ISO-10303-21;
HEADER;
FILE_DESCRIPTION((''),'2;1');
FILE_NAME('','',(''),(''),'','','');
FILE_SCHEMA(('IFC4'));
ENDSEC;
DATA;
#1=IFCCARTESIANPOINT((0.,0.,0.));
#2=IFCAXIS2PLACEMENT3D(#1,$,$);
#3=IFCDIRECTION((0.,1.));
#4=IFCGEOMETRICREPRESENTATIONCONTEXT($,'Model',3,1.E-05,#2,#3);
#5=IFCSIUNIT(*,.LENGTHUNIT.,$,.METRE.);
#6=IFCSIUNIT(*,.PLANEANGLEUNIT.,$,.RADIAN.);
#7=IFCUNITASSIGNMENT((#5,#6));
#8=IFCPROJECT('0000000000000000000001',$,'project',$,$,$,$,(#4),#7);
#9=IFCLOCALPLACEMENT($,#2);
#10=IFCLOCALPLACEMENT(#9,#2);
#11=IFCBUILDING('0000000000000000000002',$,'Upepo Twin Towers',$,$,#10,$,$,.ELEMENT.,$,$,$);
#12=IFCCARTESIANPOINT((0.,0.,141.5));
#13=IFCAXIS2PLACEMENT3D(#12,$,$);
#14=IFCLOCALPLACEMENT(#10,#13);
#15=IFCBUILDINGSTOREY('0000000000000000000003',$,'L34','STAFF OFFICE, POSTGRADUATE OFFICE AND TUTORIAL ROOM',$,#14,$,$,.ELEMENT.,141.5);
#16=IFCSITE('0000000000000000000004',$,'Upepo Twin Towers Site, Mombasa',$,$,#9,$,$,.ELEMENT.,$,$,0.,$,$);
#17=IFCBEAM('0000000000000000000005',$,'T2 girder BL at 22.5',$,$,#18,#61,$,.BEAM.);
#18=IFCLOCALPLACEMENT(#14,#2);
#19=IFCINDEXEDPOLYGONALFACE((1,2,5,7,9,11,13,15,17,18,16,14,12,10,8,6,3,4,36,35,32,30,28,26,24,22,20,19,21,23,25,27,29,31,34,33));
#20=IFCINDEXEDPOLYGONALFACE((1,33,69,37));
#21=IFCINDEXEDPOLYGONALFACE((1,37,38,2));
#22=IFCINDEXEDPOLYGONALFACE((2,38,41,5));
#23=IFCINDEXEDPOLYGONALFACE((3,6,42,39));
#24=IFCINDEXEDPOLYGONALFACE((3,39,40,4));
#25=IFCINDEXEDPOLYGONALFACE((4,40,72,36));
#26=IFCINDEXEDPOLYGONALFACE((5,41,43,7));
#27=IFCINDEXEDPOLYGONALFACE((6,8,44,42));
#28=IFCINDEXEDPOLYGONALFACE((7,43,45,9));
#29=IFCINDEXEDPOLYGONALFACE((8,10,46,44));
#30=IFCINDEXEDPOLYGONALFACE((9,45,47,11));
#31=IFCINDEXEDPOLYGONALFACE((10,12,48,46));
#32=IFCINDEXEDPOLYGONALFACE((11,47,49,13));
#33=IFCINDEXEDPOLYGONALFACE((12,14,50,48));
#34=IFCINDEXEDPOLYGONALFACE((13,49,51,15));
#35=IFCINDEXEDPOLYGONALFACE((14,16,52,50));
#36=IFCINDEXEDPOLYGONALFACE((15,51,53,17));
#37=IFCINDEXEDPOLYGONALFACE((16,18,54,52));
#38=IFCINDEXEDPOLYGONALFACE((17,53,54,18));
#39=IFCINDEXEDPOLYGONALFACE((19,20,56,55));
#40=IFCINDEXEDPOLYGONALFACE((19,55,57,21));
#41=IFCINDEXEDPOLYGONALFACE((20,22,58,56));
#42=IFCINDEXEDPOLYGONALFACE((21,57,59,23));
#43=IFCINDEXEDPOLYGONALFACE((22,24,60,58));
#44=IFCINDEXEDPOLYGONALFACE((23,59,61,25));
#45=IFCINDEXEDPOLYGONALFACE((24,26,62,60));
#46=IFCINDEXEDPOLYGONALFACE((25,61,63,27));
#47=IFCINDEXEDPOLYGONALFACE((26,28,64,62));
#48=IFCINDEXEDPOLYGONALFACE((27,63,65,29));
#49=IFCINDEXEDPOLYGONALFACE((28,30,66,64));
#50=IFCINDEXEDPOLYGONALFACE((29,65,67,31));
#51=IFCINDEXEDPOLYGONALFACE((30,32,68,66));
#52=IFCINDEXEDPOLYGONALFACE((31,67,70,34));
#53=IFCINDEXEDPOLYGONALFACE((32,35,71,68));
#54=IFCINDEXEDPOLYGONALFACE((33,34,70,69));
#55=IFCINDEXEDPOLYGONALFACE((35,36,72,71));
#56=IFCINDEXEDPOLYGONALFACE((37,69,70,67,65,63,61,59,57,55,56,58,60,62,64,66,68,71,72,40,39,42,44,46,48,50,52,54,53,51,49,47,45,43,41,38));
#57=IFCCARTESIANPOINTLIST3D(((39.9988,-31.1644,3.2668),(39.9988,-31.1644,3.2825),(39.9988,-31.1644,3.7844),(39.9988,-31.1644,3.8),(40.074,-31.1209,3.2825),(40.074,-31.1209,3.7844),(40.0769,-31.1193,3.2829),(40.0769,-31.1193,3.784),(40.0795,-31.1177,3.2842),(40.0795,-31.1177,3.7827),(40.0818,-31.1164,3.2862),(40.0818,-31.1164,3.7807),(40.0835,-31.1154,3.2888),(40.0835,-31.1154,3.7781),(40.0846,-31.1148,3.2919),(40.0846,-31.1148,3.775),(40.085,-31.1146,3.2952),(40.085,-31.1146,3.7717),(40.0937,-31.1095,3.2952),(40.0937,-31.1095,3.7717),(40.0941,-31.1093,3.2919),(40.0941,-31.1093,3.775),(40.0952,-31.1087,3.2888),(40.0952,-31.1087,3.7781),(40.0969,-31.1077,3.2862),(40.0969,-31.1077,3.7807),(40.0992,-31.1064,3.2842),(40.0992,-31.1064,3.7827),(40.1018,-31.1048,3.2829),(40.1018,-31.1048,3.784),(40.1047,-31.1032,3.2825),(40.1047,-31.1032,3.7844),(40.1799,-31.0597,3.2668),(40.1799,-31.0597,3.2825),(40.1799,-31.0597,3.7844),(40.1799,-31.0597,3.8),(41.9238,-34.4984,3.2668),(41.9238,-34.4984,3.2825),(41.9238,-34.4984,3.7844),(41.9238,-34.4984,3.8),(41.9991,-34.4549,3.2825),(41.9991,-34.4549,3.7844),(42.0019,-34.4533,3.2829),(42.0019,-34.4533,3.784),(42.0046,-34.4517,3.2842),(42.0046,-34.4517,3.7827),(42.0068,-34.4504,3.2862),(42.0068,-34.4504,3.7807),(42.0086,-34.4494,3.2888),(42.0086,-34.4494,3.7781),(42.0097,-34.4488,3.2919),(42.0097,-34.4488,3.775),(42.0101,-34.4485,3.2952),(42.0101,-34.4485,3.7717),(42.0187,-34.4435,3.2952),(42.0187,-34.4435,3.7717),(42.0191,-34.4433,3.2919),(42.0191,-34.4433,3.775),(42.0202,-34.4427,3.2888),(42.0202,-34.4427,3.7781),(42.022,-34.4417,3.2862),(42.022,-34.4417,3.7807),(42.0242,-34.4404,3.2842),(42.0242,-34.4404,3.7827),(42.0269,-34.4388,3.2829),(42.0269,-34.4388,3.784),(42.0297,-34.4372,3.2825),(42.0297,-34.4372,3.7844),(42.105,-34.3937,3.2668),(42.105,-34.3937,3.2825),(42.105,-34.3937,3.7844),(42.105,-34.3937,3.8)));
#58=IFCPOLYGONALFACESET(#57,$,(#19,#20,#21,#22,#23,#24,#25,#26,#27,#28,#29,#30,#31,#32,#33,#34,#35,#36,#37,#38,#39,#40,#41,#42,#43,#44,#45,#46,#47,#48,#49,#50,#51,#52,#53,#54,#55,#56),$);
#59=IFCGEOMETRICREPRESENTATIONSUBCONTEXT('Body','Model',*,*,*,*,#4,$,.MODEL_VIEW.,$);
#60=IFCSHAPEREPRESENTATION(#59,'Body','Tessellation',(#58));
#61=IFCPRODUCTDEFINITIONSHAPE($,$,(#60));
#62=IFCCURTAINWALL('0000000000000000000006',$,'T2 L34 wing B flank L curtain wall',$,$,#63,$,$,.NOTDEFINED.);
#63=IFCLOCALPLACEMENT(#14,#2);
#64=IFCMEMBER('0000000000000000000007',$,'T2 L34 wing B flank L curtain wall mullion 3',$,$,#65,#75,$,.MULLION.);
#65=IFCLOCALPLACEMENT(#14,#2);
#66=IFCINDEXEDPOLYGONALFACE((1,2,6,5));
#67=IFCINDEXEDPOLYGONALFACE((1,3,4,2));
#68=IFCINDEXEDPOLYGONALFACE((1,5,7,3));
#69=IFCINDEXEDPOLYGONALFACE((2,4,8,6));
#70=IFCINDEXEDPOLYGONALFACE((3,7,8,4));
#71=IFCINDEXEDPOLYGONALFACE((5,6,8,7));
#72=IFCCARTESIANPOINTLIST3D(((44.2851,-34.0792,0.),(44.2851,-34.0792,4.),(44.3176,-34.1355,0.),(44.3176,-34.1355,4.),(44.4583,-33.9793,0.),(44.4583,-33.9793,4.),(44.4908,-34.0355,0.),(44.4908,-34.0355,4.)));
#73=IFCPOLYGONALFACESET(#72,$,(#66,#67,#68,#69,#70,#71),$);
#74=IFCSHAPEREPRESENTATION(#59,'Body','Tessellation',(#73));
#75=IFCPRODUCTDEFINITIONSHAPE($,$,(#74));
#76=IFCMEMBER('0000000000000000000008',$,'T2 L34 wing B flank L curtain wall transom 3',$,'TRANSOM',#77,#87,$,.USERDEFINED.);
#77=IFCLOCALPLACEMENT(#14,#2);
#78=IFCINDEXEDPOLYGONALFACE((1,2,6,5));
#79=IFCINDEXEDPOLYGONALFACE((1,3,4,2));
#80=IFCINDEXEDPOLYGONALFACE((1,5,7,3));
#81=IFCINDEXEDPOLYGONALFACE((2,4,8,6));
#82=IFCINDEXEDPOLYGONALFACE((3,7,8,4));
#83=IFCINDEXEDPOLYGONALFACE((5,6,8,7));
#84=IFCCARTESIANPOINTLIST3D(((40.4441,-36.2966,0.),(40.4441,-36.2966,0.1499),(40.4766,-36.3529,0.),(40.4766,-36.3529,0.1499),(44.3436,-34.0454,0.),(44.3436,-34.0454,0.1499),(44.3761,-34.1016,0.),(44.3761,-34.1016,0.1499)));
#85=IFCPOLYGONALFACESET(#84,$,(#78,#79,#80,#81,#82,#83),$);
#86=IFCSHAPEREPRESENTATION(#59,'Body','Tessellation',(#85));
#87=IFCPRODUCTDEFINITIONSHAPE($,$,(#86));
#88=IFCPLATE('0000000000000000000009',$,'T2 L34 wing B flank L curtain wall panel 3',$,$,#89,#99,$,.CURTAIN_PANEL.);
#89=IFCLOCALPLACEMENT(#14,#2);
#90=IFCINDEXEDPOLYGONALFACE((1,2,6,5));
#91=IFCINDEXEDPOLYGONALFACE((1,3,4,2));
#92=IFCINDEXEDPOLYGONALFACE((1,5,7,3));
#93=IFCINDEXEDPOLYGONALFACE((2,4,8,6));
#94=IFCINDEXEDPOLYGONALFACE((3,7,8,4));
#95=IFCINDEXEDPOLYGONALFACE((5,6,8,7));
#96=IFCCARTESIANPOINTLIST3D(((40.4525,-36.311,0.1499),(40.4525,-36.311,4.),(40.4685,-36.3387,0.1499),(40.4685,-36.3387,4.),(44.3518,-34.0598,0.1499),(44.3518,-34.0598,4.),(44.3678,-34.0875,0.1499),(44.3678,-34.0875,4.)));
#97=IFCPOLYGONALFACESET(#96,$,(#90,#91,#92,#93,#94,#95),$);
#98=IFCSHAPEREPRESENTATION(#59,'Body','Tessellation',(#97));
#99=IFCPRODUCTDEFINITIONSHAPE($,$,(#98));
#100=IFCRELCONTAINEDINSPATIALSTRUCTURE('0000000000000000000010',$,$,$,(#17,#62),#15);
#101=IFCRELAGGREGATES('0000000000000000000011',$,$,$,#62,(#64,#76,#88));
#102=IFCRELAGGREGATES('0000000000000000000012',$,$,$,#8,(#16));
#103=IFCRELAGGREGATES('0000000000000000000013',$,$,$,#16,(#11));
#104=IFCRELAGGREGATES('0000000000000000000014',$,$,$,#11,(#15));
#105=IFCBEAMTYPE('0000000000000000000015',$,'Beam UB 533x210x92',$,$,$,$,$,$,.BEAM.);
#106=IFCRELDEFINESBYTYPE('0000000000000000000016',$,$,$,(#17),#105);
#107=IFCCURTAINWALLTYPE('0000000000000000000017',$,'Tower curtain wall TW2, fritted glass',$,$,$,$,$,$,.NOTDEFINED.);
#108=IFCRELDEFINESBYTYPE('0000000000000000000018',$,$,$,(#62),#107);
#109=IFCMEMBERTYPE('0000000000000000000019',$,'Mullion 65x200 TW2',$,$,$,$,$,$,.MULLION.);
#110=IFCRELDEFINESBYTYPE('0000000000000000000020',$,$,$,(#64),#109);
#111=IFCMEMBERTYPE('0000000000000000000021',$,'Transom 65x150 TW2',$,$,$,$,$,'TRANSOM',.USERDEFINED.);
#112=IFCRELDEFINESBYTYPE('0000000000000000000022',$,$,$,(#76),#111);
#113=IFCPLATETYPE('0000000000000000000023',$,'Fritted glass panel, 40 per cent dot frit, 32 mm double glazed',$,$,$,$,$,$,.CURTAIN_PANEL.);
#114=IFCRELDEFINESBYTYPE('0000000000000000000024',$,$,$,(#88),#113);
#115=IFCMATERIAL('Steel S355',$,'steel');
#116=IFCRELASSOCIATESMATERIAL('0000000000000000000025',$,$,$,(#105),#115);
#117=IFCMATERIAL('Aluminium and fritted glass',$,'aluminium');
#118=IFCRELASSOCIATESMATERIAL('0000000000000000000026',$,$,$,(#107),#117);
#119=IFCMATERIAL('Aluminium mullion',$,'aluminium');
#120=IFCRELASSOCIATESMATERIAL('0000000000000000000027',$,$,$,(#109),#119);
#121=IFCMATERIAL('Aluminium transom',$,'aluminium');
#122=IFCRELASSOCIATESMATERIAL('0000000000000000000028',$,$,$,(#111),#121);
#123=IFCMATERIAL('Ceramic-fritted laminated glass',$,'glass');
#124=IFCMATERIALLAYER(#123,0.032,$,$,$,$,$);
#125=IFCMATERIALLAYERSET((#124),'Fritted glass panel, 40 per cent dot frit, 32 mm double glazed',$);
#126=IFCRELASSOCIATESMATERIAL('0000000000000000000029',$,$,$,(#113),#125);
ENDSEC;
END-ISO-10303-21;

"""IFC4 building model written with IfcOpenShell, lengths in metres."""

from ifc_helpers import new_model, si_unit, direction, frame, origin, origin_2d, place, context, subcontext, project, spatial, rectangle, i_section, extrude, material, layer, layer_set, material_profile, profile_set, type_object, element, aggregate, save


model = new_model("IFC4")

# Units and contexts
model_context = context("Model", 3, precision=1e-05, world=origin(), true_north=direction((0.0, 1.0)))
body_context = subcontext(model_context, "Body", "Model", "MODEL_VIEW")
ifc_project = project(units=[si_unit("LENGTHUNIT", "METRE"), si_unit("PLANEANGLEUNIT", "RADIAN")], contexts=[model_context])

# Site, building, storey
site_placement = place(None, origin())
site = spatial("IfcSite", under=ifc_project, at=site_placement, Name="Upepo Twin Towers Site, Mombasa", CompositionType="ELEMENT", RefElevation=0.0)
building_placement = place(site_placement, origin())
building = spatial("IfcBuilding", under=site, at=building_placement, Name="Upepo Twin Towers", CompositionType="ELEMENT")
storey_placement = place(building_placement, frame((0.0, 0.0, 141.5)))
storey = spatial("IfcBuildingStorey", under=building, at=storey_placement, Name="L34", Description="STAFF OFFICE, POSTGRADUATE OFFICE AND TUTORIAL ROOM", CompositionType="ELEMENT", Elevation=141.5)

# Beam
ifc_material_1 = material(Name="Steel S355", Category="steel")
ifc_material_profile_1 = material_profile(ifc_material_1, i_section(OverallWidth=0.2092, OverallDepth=0.5332, WebThickness=0.01, FlangeThickness=0.0156, FilletRadius=0.0127, at=origin_2d()), Name="UB 533x210x92")
ifc_profile_set_1 = profile_set([ifc_material_profile_1], Name="Steel S355")
beam_type_1 = type_object("IfcBeamType", Name="Beam UB 533x210x92", PredefinedType="BEAM", material=ifc_profile_set_1)
for number, where, z_axis, x_axis, name in (
    (1, (42.0144, -34.446, 3.5334), (-0.500034, 0.866006, 0.0), (-0.866006, -0.500034, 0.0), "T2 girder BL at 22.5"),
):
    element("IfcBeam", number, at=place(storey_placement, frame(where, z_axis=z_axis, x_axis=x_axis)), inside=storey, type_object=beam_type_1, Name=name, PredefinedType="BEAM", context=body_context, shape_type="SweptSolid", body=[
        extrude(i_section(OverallWidth=0.2092, OverallDepth=0.5332, WebThickness=0.01, FlangeThickness=0.0156, FilletRadius=0.0127, at=origin_2d()), origin(), (0.0, 0.0, 1.0), 3.8499),
    ])

# Curtain wall, members, plate
ifc_material_2 = material(Name="Aluminium and fritted glass", Category="aluminium")
curtain_wall_type = type_object("IfcCurtainWallType", Name="Tower curtain wall TW2, fritted glass", PredefinedType="NOTDEFINED", material=ifc_material_2)
curtain_wall_placement = place(storey_placement, origin())
curtain_wall = element("IfcCurtainWall", 2, at=curtain_wall_placement, inside=storey, type_object=curtain_wall_type, Name="T2 L34 wing B flank L curtain wall", PredefinedType="NOTDEFINED")
ifc_material_3 = material(Name="Aluminium mullion", Category="aluminium")
ifc_material_profile_2 = material_profile(ifc_material_3, rectangle(XDim=0.0649, YDim=0.2, at=origin_2d()), Name="MULLION 65x200")
ifc_profile_set_2 = profile_set([ifc_material_profile_2], Name="Aluminium mullion")
member_type_1 = type_object("IfcMemberType", Name="Mullion 65x200 TW2", PredefinedType="MULLION", material=ifc_profile_set_2)
member_1_placement = place(storey_placement, frame((44.3879, -34.0574, 0.0), z_axis=(0.0, 0.0, 1.0), x_axis=(0.5, -0.866025, 0.0)))
member_1 = element("IfcMember", 3, at=member_1_placement, type_object=member_type_1, Name="T2 L34 wing B flank L curtain wall mullion 3", PredefinedType="MULLION", context=body_context, shape_type="SweptSolid", body=[
    extrude(rectangle(XDim=0.0649, YDim=0.2, at=origin_2d()), origin(), (0.0, 0.0, 1.0), 4.0),
])
ifc_material_4 = material(Name="Aluminium transom", Category="aluminium")
ifc_material_profile_3 = material_profile(ifc_material_4, rectangle(XDim=0.0649, YDim=0.1499, at=origin_2d()), Name="TRANSOM 65x150")
ifc_profile_set_3 = profile_set([ifc_material_profile_3], Name="Aluminium transom")
member_type_2 = type_object("IfcMemberType", Name="Transom 65x150 TW2", ElementType="TRANSOM", PredefinedType="USERDEFINED", material=ifc_profile_set_3)
member_2_placement = place(storey_placement, frame((44.3599, -34.0735, 0.075), z_axis=(-0.866036, -0.499982, 0.0), x_axis=(0.499982, -0.866036, 0.0)))
member_2 = element("IfcMember", 4, at=member_2_placement, type_object=member_type_2, Name="T2 L34 wing B flank L curtain wall transom 3", ObjectType="TRANSOM", PredefinedType="USERDEFINED", context=body_context, shape_type="SweptSolid", body=[
    extrude(rectangle(XDim=0.0649, YDim=0.1499, at=origin_2d()), origin(), (0.0, 0.0, 1.0), 4.5027),
])
ifc_material_5 = material(Name="Ceramic-fritted laminated glass", Category="glass")
ifc_layer_1 = layer(ifc_material_5, 0.032)
ifc_layer_set_1 = layer_set([ifc_layer_1], Name="Fritted glass panel, 40 per cent dot frit, 32 mm double glazed")
plate_type = type_object("IfcPlateType", Name="Fritted glass panel, 40 per cent dot frit, 32 mm double glazed", PredefinedType="CURTAIN_PANEL", material=ifc_layer_set_1)
plate_placement = place(storey_placement, frame((42.4102, -35.1992, 0.1499), z_axis=(0.0, 0.0, 1.0), x_axis=(-0.866025, -0.5, 0.0)))
plate = element("IfcPlate", 5, at=plate_placement, type_object=plate_type, Name="T2 L34 wing B flank L curtain wall panel 3", PredefinedType="CURTAIN_PANEL", context=body_context, shape_type="SweptSolid", body=[
    extrude(rectangle(XDim=4.5024, YDim=0.032, at=origin_2d()), origin(), (0.0, 0.0, 1.0), 3.8501),
])
aggregate(curtain_wall, [member_1, member_2, plate])

save(model, "model.ifc")
